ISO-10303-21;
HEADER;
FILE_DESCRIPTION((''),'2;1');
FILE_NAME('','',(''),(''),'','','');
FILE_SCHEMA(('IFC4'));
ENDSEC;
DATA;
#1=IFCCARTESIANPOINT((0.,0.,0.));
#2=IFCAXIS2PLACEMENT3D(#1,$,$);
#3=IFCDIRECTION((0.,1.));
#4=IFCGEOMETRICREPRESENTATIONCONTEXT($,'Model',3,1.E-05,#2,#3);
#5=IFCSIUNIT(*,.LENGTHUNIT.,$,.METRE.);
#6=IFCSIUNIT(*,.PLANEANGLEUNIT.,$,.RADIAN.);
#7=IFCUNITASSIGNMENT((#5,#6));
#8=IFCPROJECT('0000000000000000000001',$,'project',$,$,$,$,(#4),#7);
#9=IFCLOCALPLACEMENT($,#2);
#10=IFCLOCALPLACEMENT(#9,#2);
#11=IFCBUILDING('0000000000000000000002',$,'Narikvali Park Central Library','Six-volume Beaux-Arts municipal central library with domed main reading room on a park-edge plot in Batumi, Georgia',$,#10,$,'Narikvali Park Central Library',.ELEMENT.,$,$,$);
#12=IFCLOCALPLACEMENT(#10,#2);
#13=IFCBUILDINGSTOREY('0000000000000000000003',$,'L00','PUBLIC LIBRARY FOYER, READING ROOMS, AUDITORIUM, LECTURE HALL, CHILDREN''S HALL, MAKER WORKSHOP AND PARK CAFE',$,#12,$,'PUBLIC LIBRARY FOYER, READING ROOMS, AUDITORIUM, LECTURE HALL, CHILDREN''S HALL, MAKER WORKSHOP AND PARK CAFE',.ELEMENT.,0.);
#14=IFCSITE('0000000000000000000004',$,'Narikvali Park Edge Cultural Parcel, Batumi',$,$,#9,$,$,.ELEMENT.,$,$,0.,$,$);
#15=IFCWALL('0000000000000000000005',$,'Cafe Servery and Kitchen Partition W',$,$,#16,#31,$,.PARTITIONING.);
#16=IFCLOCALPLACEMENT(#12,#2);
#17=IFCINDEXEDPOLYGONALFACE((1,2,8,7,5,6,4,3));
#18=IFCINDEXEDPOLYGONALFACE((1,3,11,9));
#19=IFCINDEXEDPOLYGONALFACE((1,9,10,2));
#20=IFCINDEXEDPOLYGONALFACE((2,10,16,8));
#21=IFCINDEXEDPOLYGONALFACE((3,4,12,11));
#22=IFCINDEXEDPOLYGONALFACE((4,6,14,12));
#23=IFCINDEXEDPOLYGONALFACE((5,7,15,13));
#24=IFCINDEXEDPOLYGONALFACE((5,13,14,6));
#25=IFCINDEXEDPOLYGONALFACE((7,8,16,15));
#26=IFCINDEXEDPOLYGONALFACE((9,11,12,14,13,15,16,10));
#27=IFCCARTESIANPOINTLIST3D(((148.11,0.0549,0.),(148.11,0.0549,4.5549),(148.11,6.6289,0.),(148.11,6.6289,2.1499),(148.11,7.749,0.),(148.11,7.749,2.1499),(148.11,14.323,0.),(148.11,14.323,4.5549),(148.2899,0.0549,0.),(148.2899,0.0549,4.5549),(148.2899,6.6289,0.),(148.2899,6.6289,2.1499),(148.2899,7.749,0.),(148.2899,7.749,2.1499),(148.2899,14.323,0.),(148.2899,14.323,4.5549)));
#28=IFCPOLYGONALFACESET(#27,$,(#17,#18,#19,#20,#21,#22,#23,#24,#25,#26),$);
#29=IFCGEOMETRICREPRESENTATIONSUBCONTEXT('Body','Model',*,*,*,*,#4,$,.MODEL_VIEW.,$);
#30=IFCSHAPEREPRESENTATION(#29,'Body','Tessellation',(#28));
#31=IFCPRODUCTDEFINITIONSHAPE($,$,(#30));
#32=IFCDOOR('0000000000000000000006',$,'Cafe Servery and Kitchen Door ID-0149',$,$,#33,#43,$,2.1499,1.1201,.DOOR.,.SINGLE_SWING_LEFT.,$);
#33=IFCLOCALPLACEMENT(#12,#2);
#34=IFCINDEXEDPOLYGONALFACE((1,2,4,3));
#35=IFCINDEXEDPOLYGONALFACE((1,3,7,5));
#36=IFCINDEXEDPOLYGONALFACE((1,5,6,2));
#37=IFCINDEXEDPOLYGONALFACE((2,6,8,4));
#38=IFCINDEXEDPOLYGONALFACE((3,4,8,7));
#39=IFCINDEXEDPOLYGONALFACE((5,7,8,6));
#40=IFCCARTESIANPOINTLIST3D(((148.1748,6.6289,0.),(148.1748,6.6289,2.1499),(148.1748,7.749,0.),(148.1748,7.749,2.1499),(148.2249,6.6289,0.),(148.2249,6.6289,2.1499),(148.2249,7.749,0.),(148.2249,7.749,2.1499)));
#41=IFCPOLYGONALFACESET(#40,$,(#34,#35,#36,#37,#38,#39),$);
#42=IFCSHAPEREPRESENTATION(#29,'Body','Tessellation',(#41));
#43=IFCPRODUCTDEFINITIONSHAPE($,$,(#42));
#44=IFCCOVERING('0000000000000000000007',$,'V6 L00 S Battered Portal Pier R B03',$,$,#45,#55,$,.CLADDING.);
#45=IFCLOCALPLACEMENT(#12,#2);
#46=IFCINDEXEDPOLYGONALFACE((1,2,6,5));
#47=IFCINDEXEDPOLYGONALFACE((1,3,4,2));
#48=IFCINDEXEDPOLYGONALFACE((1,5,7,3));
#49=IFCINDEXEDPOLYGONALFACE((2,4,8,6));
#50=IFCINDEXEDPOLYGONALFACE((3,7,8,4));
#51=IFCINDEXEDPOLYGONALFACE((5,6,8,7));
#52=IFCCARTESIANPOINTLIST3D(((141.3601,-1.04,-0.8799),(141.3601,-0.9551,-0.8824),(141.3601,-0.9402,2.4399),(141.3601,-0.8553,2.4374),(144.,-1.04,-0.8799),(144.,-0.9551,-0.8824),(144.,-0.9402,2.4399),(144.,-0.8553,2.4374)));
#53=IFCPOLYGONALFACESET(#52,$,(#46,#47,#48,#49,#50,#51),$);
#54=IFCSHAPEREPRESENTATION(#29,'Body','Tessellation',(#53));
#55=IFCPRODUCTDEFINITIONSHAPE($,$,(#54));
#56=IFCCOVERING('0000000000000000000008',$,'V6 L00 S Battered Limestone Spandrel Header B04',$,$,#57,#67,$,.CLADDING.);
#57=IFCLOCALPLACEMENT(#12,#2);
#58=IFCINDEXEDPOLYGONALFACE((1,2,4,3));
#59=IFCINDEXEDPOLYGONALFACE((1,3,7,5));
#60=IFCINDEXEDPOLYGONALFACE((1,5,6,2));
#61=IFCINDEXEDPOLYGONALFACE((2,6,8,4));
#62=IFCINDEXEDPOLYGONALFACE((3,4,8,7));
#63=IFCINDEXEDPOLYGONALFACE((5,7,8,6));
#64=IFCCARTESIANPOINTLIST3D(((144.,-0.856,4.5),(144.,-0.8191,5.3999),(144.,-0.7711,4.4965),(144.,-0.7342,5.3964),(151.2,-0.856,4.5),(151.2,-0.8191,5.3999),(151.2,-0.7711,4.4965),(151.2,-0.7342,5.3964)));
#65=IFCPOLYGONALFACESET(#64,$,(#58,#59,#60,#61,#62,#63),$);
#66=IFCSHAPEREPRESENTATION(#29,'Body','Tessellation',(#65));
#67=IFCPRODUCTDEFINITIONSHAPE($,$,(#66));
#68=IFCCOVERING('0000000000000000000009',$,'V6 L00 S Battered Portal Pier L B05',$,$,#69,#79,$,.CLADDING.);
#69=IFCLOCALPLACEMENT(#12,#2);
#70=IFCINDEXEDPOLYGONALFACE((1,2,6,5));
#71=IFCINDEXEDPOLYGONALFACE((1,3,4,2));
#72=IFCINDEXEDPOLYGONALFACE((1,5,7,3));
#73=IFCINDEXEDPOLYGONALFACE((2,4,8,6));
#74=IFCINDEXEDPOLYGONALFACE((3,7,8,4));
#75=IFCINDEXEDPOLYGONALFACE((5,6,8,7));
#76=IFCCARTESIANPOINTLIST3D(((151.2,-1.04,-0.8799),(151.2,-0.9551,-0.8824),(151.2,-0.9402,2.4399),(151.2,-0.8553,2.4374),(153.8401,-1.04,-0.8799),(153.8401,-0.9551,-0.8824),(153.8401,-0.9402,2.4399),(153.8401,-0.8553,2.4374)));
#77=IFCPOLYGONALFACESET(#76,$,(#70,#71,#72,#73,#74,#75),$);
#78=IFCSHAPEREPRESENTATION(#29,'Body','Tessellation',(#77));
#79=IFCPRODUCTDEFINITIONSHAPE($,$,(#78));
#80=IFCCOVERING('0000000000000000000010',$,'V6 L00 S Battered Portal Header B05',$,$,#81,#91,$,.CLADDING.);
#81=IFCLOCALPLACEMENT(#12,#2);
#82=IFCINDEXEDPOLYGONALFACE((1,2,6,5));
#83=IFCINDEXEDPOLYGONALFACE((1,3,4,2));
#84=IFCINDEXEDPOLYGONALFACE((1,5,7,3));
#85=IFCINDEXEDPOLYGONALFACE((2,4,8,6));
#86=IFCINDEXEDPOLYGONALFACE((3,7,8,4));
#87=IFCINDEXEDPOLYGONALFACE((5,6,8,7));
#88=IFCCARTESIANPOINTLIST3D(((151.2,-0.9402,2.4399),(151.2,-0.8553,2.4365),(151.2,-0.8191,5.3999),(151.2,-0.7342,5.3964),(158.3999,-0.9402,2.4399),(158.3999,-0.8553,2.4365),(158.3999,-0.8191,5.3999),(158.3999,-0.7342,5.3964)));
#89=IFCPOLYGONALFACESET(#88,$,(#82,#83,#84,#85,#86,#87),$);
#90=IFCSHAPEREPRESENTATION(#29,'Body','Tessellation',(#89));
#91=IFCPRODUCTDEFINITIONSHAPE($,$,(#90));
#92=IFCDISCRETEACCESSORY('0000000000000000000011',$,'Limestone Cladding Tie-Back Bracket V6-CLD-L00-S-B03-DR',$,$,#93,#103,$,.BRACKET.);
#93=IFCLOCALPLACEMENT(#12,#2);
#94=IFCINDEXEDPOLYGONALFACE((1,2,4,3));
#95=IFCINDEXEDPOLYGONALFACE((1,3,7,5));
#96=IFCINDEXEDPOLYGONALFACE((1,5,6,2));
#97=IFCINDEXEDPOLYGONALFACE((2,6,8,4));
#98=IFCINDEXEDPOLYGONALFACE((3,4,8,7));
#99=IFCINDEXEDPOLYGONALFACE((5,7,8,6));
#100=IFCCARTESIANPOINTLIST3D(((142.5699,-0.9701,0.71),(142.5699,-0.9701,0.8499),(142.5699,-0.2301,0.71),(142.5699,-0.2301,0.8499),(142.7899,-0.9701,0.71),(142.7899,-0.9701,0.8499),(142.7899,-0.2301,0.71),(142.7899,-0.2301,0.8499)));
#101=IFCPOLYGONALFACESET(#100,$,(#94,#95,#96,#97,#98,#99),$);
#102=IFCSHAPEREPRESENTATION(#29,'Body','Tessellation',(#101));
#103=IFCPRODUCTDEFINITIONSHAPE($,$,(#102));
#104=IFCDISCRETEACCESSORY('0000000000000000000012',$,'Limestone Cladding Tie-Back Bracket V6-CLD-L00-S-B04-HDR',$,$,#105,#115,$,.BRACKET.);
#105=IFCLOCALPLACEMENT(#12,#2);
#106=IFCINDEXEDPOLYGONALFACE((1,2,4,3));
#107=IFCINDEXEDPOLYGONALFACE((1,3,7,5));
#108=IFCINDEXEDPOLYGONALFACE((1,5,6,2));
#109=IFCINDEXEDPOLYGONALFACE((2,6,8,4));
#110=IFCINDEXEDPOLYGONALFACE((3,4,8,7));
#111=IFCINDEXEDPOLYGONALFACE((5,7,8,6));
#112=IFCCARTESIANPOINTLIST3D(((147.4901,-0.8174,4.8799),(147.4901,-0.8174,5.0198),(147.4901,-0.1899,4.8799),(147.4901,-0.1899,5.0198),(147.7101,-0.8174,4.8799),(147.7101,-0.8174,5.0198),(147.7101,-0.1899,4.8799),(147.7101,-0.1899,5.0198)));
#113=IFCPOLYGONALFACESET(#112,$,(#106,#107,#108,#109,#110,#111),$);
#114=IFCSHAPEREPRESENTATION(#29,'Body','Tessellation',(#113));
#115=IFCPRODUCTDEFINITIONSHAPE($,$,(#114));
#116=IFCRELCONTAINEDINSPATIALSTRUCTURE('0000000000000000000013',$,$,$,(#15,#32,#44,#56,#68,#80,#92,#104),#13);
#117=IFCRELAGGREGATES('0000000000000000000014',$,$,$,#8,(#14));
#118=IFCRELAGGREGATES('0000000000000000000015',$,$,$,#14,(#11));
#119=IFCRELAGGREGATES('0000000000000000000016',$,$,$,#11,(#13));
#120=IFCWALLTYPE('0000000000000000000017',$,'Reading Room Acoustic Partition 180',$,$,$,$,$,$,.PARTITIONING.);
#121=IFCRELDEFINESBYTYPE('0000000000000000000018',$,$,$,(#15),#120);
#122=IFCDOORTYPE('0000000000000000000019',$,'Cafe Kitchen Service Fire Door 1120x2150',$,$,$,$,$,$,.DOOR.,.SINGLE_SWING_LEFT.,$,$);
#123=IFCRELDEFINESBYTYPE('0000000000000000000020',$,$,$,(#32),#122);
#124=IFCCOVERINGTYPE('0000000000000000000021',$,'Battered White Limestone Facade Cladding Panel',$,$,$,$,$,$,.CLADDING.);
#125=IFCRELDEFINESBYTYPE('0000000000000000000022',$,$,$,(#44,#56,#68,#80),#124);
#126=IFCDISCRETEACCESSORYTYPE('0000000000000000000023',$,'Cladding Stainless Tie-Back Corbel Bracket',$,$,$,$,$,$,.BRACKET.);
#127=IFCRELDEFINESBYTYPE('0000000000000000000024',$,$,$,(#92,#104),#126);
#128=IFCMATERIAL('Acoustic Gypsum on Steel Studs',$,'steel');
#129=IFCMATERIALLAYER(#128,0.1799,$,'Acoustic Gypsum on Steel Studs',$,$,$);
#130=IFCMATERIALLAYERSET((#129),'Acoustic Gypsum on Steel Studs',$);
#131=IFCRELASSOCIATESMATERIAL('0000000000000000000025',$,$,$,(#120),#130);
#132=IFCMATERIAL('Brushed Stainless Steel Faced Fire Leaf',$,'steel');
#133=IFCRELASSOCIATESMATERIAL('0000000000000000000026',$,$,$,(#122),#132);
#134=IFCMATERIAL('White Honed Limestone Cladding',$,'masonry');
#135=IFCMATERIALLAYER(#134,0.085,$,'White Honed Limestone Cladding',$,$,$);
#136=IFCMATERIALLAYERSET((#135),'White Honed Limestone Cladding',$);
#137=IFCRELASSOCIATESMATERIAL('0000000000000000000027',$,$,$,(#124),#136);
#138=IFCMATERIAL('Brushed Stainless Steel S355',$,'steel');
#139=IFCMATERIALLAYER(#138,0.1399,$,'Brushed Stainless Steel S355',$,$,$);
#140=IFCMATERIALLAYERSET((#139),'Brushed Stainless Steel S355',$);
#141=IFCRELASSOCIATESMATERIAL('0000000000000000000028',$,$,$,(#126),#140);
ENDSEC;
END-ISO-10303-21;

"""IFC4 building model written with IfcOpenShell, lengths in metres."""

from ifc_helpers import new_model, si_unit, direction, frame, frame_2d, origin, origin_2d, place, context, subcontext, project, spatial, polyline, rectangle, outline, extrude, material, layer, layer_set, type_object, element, fill, save


model = new_model("IFC4")

# Units and contexts
model_context = context("Model", 3, precision=1e-05, world=origin(), true_north=direction((0.0, 1.0)))
body_context = subcontext(model_context, "Body", "Model", "MODEL_VIEW")
ifc_project = project(units=[si_unit("LENGTHUNIT", "METRE"), si_unit("PLANEANGLEUNIT", "RADIAN")], contexts=[model_context])

# Site, building, storey
site_placement = place(None, origin())
site = spatial("IfcSite", under=ifc_project, at=site_placement, Name="Narikvali Park Edge Cultural Parcel, Batumi", CompositionType="ELEMENT", RefElevation=0.0)
building_placement = place(site_placement, origin())
building = spatial("IfcBuilding", under=site, at=building_placement, Name="Narikvali Park Central Library", Description="Six-volume Beaux-Arts municipal central library with domed main reading room on a park-edge plot in Batumi, Georgia", LongName="Narikvali Park Central Library", CompositionType="ELEMENT")
storey_placement = place(building_placement, origin())
storey = spatial("IfcBuildingStorey", under=building, at=storey_placement, Name="L00", Description="PUBLIC LIBRARY FOYER, READING ROOMS, AUDITORIUM, LECTURE HALL, CHILDREN'S HALL, MAKER WORKSHOP AND PARK CAFE", LongName="PUBLIC LIBRARY FOYER, READING ROOMS, AUDITORIUM, LECTURE HALL, CHILDREN'S HALL, MAKER WORKSHOP AND PARK CAFE", CompositionType="ELEMENT", Elevation=0.0)

# Wall, opening, door
ifc_material_1 = material(Name="Acoustic Gypsum on Steel Studs", Category="steel")
ifc_layer_1 = layer(ifc_material_1, 0.1799, Name="Acoustic Gypsum on Steel Studs")
ifc_layer_set_1 = layer_set([ifc_layer_1], Name="Acoustic Gypsum on Steel Studs")
wall_type_1 = type_object("IfcWallType", Name="Reading Room Acoustic Partition 180", PredefinedType="PARTITIONING", material=ifc_layer_set_1)
wall_1_placement = place(storey_placement, frame((148.2, 0.0549, 0.0), z_axis=(0.0, 0.0, 1.0), x_axis=(0.0, 1.0, 0.0)))
wall_1 = element("IfcWall", 1, at=wall_1_placement, inside=storey, type_object=wall_type_1, Name="Cafe Servery and Kitchen Partition W", PredefinedType="PARTITIONING", context=body_context, shape_type="SweptSolid", body=[
    extrude(rectangle(XDim=14.2681, YDim=0.1799, at=frame_2d((7.134, 0.0))), origin(), (0.0, 0.0, 1.0), 4.5549),
])
opening_1_placement = place(wall_1_placement, frame((6.574, 0.0, 0.0)))
opening_1 = element("IfcOpeningElement", 2, at=opening_1_placement, cuts=wall_1, PredefinedType="OPENING", context=body_context, shape_type="SweptSolid", body=[
    extrude(rectangle(XDim=1.1201, YDim=2.1499, at=frame_2d((0.5601, 1.075))), frame((0.0, 0.1021, 0.0), z_axis=(0.0, -1.0, 0.0), x_axis=(1.0, 0.0, 0.0)), (0.0, 0.0, 1.0), 0.2039),
])
ifc_material_2 = material(Name="Brushed Stainless Steel Faced Fire Leaf", Category="steel")
door_type_1 = type_object("IfcDoorType", Name="Cafe Kitchen Service Fire Door 1120x2150", OperationType="SINGLE_SWING_LEFT", PredefinedType="DOOR", material=ifc_material_2)
door_1_placement = place(opening_1_placement, frame((1.1201, 0.0, 0.0), z_axis=(0.0, 0.0, 1.0), x_axis=(-1.0, 0.0, 0.0)))
door_1 = element("IfcDoor", 3, at=door_1_placement, inside=storey, type_object=door_type_1, Name="Cafe Servery and Kitchen Door ID-0149", OperationType="SINGLE_SWING_LEFT", OverallHeight=2.1499, OverallWidth=1.1201, PredefinedType="DOOR", context=body_context, shape_type="SweptSolid", body=[
    extrude(rectangle(XDim=1.1201, YDim=2.1499, at=frame_2d((0.5601, 1.075))), frame((0.0, 0.0249, 0.0), z_axis=(0.0, -1.0, 0.0), x_axis=(1.0, 0.0, 0.0)), (0.0, 0.0, 1.0), 0.05),
])
fill(opening_1, door_1)

# Coverings
ifc_material_3 = material(Name="White Honed Limestone Cladding", Category="masonry")
ifc_layer_2 = layer(ifc_material_3, 0.085, Name="White Honed Limestone Cladding")
ifc_layer_set_2 = layer_set([ifc_layer_2], Name="White Honed Limestone Cladding")
covering_type = type_object("IfcCoveringType", Name="Battered White Limestone Facade Cladding Panel", PredefinedType="CLADDING", material=ifc_layer_set_2)
covering_1_placement = place(storey_placement, frame((141.3601, -1.04, -0.8799), z_axis=(0.0, -0.999548, 0.030064), x_axis=(1.0, 0.0, 0.0)))
element("IfcCovering", 4, at=covering_1_placement, inside=storey, type_object=covering_type, Name="V6 L00 S Battered Portal Pier R B03", PredefinedType="CLADDING", context=body_context, shape_type="SweptSolid", body=[
    extrude(outline(polyline([(0.0, 0.0), (2.6399, 0.0), (2.6399, 3.3213), (0.0, 3.3213), (0.0, 0.0)])), origin(), (0.0, 0.0, -1.0), 0.085),
])
covering_2_placement = place(storey_placement, frame((144.0, -0.856, 4.5), z_axis=(0.0, -0.999162, 0.040931), x_axis=(1.0, 0.0, 0.0)))
element("IfcCovering", 5, at=covering_2_placement, inside=storey, type_object=covering_type, Name="V6 L00 S Battered Limestone Spandrel Header B04", PredefinedType="CLADDING", context=body_context, shape_type="SweptSolid", body=[
    extrude(outline(polyline([(0.0, 0.0), (7.2, 0.0), (7.2, 0.9007), (0.0, 0.9007), (0.0, 0.0)])), origin(), (0.0, 0.0, -1.0), 0.085),
])
covering_3_placement = place(storey_placement, frame((151.2, -1.04, -0.8799), z_axis=(0.0, -0.999548, 0.030064), x_axis=(1.0, 0.0, 0.0)))
element("IfcCovering", 6, at=covering_3_placement, inside=storey, type_object=covering_type, Name="V6 L00 S Battered Portal Pier L B05", PredefinedType="CLADDING", context=body_context, shape_type="SweptSolid", body=[
    extrude(outline(polyline([(0.0, 0.0), (2.6401, 0.0), (2.6401, 3.3213), (0.0, 3.3213), (0.0, 0.0)])), origin(), (0.0, 0.0, -1.0), 0.085),
])
covering_4_placement = place(storey_placement, frame((151.2, -0.9402, 2.4399), z_axis=(0.0, -0.999164, 0.040876), x_axis=(1.0, 0.0, 0.0)))
element("IfcCovering", 7, at=covering_4_placement, inside=storey, type_object=covering_type, Name="V6 L00 S Battered Portal Header B05", PredefinedType="CLADDING", context=body_context, shape_type="SweptSolid", body=[
    extrude(outline(polyline([(0.0, 0.0), (7.2, 0.0), (7.2, 2.9624), (0.0, 2.9624), (0.0, 0.0)])), origin(), (0.0, 0.0, -1.0), 0.085),
])

# Discrete accessories
ifc_material_4 = material(Name="Brushed Stainless Steel S355", Category="steel")
ifc_layer_3 = layer(ifc_material_4, 0.1399, Name="Brushed Stainless Steel S355")
ifc_layer_set_3 = layer_set([ifc_layer_3], Name="Brushed Stainless Steel S355")
discrete_accessory_type = type_object("IfcDiscreteAccessoryType", Name="Cladding Stainless Tie-Back Corbel Bracket", PredefinedType="BRACKET", material=ifc_layer_set_3)
discrete_accessory_1_placement = place(storey_placement, frame((142.6799, -0.6001, 0.71), z_axis=(0.0, 0.0, 1.0), x_axis=(1.0, 0.0, 0.0)))
element("IfcDiscreteAccessory", 8, at=discrete_accessory_1_placement, inside=storey, type_object=discrete_accessory_type, Name="Limestone Cladding Tie-Back Bracket V6-CLD-L00-S-B03-DR", PredefinedType="BRACKET", context=body_context, shape_type="SweptSolid", body=[
    extrude(rectangle(XDim=0.22, YDim=0.74, at=origin_2d()), origin(), (0.0, 0.0, 1.0), 0.1399),
])
discrete_accessory_2_placement = place(storey_placement, frame((147.6001, -0.5037, 4.8799), z_axis=(0.0, 0.0, 1.0), x_axis=(1.0, 0.0, 0.0)))
element("IfcDiscreteAccessory", 9, at=discrete_accessory_2_placement, inside=storey, type_object=discrete_accessory_type, Name="Limestone Cladding Tie-Back Bracket V6-CLD-L00-S-B04-HDR", PredefinedType="BRACKET", context=body_context, shape_type="SweptSolid", body=[
    extrude(rectangle(XDim=0.22, YDim=0.6274, at=origin_2d()), origin(), (0.0, 0.0, 1.0), 0.1399),
])

save(model, "model.ifc")
